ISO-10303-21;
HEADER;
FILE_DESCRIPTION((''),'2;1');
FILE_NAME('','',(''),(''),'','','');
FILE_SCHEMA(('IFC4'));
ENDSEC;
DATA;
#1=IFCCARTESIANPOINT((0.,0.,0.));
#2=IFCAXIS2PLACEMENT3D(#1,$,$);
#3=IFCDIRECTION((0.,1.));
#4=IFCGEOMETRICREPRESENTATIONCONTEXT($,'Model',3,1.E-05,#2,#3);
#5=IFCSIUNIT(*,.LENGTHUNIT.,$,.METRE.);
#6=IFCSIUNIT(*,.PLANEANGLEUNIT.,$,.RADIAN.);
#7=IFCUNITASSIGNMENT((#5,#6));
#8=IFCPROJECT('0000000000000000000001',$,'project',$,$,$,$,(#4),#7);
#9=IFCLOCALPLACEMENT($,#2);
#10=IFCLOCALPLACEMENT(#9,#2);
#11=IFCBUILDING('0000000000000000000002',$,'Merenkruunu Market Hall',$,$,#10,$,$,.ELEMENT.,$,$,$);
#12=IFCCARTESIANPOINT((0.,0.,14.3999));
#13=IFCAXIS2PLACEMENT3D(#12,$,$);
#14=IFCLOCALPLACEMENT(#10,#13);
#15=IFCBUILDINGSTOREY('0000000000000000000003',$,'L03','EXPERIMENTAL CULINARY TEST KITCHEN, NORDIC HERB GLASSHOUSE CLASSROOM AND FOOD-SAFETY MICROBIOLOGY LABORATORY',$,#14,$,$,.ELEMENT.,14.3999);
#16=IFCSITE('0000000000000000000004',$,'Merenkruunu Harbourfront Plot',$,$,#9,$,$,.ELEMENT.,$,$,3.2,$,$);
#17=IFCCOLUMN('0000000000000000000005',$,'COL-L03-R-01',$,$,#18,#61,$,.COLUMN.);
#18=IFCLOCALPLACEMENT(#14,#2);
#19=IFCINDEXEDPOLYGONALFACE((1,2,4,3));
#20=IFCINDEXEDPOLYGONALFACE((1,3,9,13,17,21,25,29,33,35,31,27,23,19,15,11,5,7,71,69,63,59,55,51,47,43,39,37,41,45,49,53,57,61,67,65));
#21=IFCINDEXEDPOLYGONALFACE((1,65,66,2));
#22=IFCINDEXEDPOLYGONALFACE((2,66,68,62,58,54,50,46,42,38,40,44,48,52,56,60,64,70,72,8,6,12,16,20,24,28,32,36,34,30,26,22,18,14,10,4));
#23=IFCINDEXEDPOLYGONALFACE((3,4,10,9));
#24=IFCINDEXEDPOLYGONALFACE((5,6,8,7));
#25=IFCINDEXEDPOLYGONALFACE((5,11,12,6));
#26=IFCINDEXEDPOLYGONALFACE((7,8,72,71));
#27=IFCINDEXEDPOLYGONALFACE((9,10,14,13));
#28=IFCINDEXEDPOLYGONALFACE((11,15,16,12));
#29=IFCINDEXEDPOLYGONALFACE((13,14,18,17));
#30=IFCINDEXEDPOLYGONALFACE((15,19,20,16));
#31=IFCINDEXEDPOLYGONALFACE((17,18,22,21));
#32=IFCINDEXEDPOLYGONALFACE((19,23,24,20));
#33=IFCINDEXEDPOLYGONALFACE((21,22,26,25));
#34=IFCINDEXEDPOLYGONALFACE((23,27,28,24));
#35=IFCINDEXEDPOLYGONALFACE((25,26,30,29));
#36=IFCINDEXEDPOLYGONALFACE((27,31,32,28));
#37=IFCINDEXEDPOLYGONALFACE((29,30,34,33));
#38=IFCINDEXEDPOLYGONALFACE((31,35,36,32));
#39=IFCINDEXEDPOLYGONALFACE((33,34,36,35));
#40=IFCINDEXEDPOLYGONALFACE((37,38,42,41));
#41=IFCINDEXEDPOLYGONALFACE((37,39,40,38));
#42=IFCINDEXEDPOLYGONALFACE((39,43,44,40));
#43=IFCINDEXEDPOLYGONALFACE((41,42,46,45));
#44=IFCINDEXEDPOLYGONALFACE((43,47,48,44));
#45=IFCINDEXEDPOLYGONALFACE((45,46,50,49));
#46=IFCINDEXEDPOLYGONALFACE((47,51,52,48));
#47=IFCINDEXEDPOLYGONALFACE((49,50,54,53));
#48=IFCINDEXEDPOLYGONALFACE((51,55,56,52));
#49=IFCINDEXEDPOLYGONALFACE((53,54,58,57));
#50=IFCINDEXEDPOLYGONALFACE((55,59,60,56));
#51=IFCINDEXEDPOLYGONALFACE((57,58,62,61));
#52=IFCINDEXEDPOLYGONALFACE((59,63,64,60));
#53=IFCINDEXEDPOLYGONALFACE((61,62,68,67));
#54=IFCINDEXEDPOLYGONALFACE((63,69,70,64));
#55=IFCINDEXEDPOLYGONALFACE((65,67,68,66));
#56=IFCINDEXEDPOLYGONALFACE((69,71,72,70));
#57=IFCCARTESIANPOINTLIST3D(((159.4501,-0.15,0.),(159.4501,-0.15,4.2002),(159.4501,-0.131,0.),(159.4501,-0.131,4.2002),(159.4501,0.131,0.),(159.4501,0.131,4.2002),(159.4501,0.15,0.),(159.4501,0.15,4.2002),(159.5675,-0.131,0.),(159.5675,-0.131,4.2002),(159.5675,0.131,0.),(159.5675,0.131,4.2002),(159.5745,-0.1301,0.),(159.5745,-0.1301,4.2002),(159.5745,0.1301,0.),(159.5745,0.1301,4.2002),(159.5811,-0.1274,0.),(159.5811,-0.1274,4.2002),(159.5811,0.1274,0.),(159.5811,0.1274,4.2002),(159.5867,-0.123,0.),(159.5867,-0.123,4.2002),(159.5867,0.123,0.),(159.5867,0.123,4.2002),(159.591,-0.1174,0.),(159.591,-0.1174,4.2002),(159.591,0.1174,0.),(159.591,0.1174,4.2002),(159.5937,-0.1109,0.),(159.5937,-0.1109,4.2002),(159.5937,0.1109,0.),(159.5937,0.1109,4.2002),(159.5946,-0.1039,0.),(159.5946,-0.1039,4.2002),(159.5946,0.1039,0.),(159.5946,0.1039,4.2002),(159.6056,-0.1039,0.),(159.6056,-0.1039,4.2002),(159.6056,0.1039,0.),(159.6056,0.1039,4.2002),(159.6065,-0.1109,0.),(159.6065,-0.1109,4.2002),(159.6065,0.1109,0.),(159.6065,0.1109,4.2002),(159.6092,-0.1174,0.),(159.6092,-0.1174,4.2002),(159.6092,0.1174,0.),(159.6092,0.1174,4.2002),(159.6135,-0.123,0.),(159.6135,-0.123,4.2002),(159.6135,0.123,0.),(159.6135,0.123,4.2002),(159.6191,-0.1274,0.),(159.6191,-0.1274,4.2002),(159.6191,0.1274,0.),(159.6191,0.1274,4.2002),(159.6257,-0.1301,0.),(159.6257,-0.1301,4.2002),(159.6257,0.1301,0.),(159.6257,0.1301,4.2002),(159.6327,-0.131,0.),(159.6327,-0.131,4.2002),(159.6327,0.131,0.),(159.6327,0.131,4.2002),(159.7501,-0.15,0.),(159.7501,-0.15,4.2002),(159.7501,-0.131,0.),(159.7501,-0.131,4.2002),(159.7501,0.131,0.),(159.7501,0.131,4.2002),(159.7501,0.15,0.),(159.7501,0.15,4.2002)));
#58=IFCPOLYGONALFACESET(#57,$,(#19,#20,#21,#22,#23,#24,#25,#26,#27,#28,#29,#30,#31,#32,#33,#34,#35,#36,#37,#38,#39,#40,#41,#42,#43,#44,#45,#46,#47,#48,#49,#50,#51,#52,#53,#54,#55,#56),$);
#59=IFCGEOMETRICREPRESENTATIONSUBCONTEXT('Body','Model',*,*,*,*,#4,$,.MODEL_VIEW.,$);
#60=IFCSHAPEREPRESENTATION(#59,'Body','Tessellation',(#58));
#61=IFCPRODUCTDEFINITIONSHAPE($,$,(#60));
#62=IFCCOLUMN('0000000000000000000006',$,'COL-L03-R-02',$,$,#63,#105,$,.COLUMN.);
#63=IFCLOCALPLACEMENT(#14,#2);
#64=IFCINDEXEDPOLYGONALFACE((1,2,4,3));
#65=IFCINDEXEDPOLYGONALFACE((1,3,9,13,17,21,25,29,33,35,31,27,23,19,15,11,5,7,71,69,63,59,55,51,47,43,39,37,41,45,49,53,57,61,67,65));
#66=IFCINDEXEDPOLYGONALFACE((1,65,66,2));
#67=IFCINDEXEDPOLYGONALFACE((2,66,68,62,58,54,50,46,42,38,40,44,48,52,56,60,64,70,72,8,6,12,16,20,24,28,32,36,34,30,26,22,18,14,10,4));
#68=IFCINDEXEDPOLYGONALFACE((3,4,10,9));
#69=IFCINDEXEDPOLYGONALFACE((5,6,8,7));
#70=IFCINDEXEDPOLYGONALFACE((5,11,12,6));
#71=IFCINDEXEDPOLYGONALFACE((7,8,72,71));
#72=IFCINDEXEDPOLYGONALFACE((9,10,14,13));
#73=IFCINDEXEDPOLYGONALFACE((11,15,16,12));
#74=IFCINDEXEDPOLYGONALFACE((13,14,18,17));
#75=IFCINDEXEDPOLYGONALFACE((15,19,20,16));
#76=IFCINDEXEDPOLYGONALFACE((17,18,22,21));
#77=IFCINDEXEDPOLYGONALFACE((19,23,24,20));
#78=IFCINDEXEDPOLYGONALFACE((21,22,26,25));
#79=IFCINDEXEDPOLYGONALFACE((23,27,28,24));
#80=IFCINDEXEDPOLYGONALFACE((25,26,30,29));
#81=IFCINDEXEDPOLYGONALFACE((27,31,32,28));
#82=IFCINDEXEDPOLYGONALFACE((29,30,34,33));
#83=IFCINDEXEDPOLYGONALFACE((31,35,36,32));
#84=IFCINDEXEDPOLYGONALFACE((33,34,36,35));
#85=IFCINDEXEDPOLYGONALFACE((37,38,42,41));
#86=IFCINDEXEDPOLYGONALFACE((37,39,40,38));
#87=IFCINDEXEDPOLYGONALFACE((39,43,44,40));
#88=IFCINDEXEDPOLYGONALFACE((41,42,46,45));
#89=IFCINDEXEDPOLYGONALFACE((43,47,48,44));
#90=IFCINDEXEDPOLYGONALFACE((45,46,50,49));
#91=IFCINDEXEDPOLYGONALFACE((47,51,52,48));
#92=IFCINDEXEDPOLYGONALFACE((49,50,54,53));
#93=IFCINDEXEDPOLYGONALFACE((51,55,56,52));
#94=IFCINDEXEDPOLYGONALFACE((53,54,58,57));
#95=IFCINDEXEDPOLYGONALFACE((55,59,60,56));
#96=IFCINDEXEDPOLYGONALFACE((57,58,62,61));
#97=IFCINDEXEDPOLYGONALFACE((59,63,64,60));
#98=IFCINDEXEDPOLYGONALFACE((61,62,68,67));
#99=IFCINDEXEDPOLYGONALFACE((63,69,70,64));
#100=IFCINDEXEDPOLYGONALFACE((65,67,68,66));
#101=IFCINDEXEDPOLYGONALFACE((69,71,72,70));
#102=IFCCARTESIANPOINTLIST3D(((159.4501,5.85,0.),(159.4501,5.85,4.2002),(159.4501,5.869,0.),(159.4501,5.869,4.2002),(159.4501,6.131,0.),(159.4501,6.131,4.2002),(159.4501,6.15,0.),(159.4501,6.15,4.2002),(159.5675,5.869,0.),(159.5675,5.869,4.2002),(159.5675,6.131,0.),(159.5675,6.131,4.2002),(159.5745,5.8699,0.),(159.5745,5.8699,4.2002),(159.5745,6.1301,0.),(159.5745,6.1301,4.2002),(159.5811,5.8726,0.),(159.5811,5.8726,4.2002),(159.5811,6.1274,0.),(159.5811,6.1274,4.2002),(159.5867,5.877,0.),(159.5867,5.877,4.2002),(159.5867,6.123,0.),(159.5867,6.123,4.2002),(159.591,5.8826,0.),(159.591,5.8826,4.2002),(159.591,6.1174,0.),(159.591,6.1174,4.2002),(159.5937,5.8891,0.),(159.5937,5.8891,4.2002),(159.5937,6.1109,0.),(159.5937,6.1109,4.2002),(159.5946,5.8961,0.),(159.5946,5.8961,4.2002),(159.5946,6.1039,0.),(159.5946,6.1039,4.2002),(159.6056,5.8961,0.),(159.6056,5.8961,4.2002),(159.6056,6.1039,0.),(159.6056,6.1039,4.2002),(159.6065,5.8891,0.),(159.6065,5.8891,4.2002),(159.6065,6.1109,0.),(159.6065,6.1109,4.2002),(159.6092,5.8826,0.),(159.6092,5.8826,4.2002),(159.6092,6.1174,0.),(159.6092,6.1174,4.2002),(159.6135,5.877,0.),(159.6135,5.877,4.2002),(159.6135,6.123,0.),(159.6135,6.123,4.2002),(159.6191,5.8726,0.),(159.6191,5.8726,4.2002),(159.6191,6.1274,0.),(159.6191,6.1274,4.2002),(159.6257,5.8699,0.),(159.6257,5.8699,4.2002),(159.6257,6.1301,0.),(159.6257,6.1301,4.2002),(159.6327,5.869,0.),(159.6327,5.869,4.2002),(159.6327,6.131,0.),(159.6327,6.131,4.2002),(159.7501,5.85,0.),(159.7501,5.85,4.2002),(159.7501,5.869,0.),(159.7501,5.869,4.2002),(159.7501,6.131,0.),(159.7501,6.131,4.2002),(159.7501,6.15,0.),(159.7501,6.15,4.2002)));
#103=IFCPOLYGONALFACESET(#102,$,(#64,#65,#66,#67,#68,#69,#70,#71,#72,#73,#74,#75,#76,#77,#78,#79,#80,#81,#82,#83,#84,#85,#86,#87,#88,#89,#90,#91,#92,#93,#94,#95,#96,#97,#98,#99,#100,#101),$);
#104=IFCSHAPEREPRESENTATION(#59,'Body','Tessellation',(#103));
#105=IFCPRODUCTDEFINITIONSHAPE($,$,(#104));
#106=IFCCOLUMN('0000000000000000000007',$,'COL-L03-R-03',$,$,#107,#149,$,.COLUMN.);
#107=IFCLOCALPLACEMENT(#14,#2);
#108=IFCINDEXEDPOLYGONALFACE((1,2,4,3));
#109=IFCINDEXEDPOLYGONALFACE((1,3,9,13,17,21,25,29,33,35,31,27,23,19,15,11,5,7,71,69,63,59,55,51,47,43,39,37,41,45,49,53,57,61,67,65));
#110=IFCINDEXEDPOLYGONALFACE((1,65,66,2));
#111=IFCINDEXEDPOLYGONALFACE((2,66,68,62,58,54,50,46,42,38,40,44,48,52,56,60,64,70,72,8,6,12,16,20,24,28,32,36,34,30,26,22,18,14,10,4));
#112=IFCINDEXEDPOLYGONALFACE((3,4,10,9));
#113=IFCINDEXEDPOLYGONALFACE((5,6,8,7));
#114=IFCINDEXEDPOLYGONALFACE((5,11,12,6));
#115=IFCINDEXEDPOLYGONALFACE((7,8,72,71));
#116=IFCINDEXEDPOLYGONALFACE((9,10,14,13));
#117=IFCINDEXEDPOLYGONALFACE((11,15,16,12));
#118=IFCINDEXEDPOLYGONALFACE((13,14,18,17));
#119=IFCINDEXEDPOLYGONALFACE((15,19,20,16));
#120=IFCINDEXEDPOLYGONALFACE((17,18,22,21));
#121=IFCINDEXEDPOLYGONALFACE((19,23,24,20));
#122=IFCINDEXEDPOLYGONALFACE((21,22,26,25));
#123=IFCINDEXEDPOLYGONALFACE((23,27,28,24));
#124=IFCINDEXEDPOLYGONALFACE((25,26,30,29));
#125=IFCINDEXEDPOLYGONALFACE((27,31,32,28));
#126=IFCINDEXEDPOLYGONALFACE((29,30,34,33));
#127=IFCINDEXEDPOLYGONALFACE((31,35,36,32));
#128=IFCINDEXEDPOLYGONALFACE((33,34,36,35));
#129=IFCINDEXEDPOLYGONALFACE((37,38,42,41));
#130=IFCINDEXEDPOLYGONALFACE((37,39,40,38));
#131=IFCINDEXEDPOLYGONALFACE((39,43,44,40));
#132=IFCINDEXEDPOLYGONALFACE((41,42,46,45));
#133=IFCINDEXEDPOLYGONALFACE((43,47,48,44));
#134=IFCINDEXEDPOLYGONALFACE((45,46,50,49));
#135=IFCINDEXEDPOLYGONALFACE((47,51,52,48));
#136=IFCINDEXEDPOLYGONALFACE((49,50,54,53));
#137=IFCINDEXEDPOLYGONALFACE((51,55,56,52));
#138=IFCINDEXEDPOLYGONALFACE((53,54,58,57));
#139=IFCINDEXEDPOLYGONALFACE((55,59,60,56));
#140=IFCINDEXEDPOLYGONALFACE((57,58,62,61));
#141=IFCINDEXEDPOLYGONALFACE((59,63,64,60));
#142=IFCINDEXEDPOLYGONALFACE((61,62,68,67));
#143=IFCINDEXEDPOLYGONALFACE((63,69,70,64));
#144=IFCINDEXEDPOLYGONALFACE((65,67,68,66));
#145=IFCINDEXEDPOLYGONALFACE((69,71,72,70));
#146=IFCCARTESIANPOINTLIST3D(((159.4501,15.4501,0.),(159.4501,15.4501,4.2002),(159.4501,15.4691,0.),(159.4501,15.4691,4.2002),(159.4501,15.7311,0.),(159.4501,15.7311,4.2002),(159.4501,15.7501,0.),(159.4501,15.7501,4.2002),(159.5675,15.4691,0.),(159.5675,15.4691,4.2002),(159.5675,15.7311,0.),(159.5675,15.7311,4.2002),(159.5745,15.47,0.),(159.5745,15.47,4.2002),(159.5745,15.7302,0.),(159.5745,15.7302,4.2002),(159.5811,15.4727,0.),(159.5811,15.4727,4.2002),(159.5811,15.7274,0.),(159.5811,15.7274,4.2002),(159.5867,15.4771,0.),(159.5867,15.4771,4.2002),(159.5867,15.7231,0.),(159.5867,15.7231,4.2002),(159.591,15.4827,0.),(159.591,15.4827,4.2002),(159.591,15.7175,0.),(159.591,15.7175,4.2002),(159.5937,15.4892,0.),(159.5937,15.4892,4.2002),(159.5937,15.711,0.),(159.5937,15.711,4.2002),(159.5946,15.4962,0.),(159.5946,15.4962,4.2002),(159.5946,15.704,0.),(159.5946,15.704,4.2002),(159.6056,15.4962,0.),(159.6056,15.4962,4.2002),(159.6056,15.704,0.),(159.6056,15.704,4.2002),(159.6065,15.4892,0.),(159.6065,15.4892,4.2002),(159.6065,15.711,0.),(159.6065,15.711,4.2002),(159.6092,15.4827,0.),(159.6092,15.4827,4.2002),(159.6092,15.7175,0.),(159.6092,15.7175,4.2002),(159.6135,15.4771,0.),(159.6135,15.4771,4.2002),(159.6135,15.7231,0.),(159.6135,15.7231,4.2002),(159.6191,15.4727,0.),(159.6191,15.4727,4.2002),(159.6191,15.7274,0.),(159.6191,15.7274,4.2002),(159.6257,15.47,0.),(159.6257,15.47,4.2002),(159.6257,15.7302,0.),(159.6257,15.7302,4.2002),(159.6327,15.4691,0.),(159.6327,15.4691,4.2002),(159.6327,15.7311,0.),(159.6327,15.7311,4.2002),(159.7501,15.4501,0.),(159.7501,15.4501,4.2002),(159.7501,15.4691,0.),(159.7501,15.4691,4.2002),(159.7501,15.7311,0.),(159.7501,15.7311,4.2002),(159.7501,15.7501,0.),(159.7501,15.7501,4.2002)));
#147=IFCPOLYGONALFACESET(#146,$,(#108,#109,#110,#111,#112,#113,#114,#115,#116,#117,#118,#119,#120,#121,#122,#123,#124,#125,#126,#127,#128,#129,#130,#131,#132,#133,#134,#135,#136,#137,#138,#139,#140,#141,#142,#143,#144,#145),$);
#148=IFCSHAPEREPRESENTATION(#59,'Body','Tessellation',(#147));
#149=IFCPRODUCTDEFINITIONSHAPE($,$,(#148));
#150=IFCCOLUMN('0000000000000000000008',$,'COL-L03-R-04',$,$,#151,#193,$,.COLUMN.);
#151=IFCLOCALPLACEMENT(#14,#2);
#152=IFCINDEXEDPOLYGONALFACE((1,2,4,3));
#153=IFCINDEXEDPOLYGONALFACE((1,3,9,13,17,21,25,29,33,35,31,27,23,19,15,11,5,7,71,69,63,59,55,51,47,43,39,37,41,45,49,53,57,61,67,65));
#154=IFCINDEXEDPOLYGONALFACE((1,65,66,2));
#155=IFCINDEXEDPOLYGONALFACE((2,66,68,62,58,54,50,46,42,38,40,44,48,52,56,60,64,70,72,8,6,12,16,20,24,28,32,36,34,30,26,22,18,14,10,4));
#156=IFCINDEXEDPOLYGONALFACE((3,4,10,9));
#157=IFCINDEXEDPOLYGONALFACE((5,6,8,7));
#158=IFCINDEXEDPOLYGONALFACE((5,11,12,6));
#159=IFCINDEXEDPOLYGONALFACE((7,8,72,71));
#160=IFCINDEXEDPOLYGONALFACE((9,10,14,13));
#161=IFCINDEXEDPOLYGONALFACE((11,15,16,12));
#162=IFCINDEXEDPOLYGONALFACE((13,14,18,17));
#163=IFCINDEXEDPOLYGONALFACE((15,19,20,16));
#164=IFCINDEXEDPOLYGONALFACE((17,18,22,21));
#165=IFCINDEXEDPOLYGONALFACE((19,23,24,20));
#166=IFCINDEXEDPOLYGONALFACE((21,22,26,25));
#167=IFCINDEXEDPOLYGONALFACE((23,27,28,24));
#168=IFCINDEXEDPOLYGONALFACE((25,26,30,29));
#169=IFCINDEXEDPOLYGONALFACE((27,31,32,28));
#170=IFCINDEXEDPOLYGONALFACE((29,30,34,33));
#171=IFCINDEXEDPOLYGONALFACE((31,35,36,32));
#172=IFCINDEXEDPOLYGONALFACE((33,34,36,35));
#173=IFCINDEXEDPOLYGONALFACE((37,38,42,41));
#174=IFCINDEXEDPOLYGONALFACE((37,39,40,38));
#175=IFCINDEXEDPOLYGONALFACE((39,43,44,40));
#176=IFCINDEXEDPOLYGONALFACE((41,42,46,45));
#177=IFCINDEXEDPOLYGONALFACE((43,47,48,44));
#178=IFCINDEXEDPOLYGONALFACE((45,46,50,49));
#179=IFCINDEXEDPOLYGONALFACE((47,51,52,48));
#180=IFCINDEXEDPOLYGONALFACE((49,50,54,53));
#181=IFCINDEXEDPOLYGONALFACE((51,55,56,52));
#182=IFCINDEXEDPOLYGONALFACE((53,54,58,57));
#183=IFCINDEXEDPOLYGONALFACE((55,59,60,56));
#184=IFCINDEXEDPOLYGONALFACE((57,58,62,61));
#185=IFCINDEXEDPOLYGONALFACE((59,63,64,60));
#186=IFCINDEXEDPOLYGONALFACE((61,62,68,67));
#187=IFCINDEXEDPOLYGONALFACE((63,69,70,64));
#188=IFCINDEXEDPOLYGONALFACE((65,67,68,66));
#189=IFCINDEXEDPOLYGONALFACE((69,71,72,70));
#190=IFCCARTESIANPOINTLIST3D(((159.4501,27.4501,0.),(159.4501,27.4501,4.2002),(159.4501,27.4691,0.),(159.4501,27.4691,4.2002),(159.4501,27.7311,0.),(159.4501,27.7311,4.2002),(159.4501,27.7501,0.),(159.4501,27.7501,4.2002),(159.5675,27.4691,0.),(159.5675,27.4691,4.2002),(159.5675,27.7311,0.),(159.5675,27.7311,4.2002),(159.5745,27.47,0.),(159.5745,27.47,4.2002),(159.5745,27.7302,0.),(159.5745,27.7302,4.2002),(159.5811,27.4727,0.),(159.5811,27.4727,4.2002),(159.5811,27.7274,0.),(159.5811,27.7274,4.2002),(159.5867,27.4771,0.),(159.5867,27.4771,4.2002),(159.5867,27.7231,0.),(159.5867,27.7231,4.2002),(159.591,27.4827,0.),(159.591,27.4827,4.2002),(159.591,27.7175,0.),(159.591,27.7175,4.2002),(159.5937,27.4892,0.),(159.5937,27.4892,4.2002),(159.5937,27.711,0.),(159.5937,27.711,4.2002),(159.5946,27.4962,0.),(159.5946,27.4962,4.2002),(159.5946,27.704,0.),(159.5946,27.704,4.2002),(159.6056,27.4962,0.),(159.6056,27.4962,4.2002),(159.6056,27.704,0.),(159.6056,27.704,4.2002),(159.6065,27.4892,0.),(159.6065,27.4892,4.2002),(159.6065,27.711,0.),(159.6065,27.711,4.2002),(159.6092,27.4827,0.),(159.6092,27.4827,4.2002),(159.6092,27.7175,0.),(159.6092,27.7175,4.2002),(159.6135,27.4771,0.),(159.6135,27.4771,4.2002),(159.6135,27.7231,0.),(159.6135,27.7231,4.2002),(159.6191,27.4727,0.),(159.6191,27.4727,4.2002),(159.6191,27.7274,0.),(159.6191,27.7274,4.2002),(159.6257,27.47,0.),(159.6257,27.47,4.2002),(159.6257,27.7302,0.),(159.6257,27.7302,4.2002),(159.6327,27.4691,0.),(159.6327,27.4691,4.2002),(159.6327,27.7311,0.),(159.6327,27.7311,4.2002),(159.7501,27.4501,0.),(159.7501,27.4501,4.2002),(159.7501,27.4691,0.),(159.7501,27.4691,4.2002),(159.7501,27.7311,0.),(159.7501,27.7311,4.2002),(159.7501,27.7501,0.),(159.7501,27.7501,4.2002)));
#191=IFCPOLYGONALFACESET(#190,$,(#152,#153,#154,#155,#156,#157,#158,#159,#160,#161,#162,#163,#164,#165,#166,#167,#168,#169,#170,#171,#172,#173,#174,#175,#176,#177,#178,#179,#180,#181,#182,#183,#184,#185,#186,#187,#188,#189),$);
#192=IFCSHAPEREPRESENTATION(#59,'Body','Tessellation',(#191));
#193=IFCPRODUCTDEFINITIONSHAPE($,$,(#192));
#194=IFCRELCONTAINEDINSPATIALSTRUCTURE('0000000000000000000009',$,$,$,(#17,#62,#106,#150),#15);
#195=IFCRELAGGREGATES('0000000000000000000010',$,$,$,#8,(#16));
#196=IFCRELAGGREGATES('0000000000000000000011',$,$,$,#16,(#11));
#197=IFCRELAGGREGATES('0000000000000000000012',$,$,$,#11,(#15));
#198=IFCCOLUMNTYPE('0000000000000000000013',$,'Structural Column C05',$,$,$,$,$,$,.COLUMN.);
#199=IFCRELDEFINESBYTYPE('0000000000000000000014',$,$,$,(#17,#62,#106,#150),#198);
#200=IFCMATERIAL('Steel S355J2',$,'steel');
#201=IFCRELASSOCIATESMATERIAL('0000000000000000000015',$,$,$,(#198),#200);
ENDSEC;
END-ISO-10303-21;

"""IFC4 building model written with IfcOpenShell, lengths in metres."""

from ifc_helpers import new_model, si_unit, direction, frame, origin, origin_2d, place, context, subcontext, project, spatial, i_section, extrude, material, material_profile, profile_set, type_object, element, save


model = new_model("IFC4")

# Units and contexts
model_context = context("Model", 3, precision=1e-05, world=origin(), true_north=direction((0.0, 1.0)))
body_context = subcontext(model_context, "Body", "Model", "MODEL_VIEW")
ifc_project = project(units=[si_unit("LENGTHUNIT", "METRE"), si_unit("PLANEANGLEUNIT", "RADIAN")], contexts=[model_context])

# Site, building, storey
site_placement = place(None, origin())
site = spatial("IfcSite", under=ifc_project, at=site_placement, Name="Merenkruunu Harbourfront Plot", CompositionType="ELEMENT", RefElevation=3.2)
building_placement = place(site_placement, origin())
building = spatial("IfcBuilding", under=site, at=building_placement, Name="Merenkruunu Market Hall", CompositionType="ELEMENT")
storey_placement = place(building_placement, frame((0.0, 0.0, 14.3999)))
storey = spatial("IfcBuildingStorey", under=building, at=storey_placement, Name="L03", Description="EXPERIMENTAL CULINARY TEST KITCHEN, NORDIC HERB GLASSHOUSE CLASSROOM AND FOOD-SAFETY MICROBIOLOGY LABORATORY", CompositionType="ELEMENT", Elevation=14.3999)

# Columns
ifc_material_1 = material(Name="Steel S355J2", Category="steel")
ifc_material_profile_1 = material_profile(ifc_material_1, i_section(OverallWidth=0.3, OverallDepth=0.3, WebThickness=0.011, FlangeThickness=0.019, FilletRadius=0.0271, at=origin_2d()), Name="HEB 300")
ifc_profile_set_1 = profile_set([ifc_material_profile_1], Name="Steel S355J2")
column_type = type_object("IfcColumnType", Name="Structural Column C05", PredefinedType="COLUMN", material=ifc_profile_set_1)
for number, where, z_axis, x_axis, name in (
    (1, (159.6001, 0.0, 0.0), (0.0, 0.0, 1.0), (1.0, 0.0, 0.0), "COL-L03-R-01"),
    (2, (159.6001, 6.0, 0.0), (0.0, 0.0, 1.0), (1.0, 0.0, 0.0), "COL-L03-R-02"),
    (3, (159.6001, 15.6001, 0.0), (0.0, 0.0, 1.0), (1.0, 0.0, 0.0), "COL-L03-R-03"),
    (4, (159.6001, 27.6001, 0.0), (0.0, 0.0, 1.0), (1.0, 0.0, 0.0), "COL-L03-R-04"),
):
    element("IfcColumn", number, at=place(storey_placement, frame(where, z_axis=z_axis, x_axis=x_axis)), inside=storey, type_object=column_type, Name=name, PredefinedType="COLUMN", context=body_context, shape_type="SweptSolid", body=[
        extrude(i_section(OverallWidth=0.3, OverallDepth=0.3, WebThickness=0.011, FlangeThickness=0.019, FilletRadius=0.0271, at=origin_2d()), origin(), (0.0, 0.0, 1.0), 4.2002),
    ])

save(model, "model.ifc")
